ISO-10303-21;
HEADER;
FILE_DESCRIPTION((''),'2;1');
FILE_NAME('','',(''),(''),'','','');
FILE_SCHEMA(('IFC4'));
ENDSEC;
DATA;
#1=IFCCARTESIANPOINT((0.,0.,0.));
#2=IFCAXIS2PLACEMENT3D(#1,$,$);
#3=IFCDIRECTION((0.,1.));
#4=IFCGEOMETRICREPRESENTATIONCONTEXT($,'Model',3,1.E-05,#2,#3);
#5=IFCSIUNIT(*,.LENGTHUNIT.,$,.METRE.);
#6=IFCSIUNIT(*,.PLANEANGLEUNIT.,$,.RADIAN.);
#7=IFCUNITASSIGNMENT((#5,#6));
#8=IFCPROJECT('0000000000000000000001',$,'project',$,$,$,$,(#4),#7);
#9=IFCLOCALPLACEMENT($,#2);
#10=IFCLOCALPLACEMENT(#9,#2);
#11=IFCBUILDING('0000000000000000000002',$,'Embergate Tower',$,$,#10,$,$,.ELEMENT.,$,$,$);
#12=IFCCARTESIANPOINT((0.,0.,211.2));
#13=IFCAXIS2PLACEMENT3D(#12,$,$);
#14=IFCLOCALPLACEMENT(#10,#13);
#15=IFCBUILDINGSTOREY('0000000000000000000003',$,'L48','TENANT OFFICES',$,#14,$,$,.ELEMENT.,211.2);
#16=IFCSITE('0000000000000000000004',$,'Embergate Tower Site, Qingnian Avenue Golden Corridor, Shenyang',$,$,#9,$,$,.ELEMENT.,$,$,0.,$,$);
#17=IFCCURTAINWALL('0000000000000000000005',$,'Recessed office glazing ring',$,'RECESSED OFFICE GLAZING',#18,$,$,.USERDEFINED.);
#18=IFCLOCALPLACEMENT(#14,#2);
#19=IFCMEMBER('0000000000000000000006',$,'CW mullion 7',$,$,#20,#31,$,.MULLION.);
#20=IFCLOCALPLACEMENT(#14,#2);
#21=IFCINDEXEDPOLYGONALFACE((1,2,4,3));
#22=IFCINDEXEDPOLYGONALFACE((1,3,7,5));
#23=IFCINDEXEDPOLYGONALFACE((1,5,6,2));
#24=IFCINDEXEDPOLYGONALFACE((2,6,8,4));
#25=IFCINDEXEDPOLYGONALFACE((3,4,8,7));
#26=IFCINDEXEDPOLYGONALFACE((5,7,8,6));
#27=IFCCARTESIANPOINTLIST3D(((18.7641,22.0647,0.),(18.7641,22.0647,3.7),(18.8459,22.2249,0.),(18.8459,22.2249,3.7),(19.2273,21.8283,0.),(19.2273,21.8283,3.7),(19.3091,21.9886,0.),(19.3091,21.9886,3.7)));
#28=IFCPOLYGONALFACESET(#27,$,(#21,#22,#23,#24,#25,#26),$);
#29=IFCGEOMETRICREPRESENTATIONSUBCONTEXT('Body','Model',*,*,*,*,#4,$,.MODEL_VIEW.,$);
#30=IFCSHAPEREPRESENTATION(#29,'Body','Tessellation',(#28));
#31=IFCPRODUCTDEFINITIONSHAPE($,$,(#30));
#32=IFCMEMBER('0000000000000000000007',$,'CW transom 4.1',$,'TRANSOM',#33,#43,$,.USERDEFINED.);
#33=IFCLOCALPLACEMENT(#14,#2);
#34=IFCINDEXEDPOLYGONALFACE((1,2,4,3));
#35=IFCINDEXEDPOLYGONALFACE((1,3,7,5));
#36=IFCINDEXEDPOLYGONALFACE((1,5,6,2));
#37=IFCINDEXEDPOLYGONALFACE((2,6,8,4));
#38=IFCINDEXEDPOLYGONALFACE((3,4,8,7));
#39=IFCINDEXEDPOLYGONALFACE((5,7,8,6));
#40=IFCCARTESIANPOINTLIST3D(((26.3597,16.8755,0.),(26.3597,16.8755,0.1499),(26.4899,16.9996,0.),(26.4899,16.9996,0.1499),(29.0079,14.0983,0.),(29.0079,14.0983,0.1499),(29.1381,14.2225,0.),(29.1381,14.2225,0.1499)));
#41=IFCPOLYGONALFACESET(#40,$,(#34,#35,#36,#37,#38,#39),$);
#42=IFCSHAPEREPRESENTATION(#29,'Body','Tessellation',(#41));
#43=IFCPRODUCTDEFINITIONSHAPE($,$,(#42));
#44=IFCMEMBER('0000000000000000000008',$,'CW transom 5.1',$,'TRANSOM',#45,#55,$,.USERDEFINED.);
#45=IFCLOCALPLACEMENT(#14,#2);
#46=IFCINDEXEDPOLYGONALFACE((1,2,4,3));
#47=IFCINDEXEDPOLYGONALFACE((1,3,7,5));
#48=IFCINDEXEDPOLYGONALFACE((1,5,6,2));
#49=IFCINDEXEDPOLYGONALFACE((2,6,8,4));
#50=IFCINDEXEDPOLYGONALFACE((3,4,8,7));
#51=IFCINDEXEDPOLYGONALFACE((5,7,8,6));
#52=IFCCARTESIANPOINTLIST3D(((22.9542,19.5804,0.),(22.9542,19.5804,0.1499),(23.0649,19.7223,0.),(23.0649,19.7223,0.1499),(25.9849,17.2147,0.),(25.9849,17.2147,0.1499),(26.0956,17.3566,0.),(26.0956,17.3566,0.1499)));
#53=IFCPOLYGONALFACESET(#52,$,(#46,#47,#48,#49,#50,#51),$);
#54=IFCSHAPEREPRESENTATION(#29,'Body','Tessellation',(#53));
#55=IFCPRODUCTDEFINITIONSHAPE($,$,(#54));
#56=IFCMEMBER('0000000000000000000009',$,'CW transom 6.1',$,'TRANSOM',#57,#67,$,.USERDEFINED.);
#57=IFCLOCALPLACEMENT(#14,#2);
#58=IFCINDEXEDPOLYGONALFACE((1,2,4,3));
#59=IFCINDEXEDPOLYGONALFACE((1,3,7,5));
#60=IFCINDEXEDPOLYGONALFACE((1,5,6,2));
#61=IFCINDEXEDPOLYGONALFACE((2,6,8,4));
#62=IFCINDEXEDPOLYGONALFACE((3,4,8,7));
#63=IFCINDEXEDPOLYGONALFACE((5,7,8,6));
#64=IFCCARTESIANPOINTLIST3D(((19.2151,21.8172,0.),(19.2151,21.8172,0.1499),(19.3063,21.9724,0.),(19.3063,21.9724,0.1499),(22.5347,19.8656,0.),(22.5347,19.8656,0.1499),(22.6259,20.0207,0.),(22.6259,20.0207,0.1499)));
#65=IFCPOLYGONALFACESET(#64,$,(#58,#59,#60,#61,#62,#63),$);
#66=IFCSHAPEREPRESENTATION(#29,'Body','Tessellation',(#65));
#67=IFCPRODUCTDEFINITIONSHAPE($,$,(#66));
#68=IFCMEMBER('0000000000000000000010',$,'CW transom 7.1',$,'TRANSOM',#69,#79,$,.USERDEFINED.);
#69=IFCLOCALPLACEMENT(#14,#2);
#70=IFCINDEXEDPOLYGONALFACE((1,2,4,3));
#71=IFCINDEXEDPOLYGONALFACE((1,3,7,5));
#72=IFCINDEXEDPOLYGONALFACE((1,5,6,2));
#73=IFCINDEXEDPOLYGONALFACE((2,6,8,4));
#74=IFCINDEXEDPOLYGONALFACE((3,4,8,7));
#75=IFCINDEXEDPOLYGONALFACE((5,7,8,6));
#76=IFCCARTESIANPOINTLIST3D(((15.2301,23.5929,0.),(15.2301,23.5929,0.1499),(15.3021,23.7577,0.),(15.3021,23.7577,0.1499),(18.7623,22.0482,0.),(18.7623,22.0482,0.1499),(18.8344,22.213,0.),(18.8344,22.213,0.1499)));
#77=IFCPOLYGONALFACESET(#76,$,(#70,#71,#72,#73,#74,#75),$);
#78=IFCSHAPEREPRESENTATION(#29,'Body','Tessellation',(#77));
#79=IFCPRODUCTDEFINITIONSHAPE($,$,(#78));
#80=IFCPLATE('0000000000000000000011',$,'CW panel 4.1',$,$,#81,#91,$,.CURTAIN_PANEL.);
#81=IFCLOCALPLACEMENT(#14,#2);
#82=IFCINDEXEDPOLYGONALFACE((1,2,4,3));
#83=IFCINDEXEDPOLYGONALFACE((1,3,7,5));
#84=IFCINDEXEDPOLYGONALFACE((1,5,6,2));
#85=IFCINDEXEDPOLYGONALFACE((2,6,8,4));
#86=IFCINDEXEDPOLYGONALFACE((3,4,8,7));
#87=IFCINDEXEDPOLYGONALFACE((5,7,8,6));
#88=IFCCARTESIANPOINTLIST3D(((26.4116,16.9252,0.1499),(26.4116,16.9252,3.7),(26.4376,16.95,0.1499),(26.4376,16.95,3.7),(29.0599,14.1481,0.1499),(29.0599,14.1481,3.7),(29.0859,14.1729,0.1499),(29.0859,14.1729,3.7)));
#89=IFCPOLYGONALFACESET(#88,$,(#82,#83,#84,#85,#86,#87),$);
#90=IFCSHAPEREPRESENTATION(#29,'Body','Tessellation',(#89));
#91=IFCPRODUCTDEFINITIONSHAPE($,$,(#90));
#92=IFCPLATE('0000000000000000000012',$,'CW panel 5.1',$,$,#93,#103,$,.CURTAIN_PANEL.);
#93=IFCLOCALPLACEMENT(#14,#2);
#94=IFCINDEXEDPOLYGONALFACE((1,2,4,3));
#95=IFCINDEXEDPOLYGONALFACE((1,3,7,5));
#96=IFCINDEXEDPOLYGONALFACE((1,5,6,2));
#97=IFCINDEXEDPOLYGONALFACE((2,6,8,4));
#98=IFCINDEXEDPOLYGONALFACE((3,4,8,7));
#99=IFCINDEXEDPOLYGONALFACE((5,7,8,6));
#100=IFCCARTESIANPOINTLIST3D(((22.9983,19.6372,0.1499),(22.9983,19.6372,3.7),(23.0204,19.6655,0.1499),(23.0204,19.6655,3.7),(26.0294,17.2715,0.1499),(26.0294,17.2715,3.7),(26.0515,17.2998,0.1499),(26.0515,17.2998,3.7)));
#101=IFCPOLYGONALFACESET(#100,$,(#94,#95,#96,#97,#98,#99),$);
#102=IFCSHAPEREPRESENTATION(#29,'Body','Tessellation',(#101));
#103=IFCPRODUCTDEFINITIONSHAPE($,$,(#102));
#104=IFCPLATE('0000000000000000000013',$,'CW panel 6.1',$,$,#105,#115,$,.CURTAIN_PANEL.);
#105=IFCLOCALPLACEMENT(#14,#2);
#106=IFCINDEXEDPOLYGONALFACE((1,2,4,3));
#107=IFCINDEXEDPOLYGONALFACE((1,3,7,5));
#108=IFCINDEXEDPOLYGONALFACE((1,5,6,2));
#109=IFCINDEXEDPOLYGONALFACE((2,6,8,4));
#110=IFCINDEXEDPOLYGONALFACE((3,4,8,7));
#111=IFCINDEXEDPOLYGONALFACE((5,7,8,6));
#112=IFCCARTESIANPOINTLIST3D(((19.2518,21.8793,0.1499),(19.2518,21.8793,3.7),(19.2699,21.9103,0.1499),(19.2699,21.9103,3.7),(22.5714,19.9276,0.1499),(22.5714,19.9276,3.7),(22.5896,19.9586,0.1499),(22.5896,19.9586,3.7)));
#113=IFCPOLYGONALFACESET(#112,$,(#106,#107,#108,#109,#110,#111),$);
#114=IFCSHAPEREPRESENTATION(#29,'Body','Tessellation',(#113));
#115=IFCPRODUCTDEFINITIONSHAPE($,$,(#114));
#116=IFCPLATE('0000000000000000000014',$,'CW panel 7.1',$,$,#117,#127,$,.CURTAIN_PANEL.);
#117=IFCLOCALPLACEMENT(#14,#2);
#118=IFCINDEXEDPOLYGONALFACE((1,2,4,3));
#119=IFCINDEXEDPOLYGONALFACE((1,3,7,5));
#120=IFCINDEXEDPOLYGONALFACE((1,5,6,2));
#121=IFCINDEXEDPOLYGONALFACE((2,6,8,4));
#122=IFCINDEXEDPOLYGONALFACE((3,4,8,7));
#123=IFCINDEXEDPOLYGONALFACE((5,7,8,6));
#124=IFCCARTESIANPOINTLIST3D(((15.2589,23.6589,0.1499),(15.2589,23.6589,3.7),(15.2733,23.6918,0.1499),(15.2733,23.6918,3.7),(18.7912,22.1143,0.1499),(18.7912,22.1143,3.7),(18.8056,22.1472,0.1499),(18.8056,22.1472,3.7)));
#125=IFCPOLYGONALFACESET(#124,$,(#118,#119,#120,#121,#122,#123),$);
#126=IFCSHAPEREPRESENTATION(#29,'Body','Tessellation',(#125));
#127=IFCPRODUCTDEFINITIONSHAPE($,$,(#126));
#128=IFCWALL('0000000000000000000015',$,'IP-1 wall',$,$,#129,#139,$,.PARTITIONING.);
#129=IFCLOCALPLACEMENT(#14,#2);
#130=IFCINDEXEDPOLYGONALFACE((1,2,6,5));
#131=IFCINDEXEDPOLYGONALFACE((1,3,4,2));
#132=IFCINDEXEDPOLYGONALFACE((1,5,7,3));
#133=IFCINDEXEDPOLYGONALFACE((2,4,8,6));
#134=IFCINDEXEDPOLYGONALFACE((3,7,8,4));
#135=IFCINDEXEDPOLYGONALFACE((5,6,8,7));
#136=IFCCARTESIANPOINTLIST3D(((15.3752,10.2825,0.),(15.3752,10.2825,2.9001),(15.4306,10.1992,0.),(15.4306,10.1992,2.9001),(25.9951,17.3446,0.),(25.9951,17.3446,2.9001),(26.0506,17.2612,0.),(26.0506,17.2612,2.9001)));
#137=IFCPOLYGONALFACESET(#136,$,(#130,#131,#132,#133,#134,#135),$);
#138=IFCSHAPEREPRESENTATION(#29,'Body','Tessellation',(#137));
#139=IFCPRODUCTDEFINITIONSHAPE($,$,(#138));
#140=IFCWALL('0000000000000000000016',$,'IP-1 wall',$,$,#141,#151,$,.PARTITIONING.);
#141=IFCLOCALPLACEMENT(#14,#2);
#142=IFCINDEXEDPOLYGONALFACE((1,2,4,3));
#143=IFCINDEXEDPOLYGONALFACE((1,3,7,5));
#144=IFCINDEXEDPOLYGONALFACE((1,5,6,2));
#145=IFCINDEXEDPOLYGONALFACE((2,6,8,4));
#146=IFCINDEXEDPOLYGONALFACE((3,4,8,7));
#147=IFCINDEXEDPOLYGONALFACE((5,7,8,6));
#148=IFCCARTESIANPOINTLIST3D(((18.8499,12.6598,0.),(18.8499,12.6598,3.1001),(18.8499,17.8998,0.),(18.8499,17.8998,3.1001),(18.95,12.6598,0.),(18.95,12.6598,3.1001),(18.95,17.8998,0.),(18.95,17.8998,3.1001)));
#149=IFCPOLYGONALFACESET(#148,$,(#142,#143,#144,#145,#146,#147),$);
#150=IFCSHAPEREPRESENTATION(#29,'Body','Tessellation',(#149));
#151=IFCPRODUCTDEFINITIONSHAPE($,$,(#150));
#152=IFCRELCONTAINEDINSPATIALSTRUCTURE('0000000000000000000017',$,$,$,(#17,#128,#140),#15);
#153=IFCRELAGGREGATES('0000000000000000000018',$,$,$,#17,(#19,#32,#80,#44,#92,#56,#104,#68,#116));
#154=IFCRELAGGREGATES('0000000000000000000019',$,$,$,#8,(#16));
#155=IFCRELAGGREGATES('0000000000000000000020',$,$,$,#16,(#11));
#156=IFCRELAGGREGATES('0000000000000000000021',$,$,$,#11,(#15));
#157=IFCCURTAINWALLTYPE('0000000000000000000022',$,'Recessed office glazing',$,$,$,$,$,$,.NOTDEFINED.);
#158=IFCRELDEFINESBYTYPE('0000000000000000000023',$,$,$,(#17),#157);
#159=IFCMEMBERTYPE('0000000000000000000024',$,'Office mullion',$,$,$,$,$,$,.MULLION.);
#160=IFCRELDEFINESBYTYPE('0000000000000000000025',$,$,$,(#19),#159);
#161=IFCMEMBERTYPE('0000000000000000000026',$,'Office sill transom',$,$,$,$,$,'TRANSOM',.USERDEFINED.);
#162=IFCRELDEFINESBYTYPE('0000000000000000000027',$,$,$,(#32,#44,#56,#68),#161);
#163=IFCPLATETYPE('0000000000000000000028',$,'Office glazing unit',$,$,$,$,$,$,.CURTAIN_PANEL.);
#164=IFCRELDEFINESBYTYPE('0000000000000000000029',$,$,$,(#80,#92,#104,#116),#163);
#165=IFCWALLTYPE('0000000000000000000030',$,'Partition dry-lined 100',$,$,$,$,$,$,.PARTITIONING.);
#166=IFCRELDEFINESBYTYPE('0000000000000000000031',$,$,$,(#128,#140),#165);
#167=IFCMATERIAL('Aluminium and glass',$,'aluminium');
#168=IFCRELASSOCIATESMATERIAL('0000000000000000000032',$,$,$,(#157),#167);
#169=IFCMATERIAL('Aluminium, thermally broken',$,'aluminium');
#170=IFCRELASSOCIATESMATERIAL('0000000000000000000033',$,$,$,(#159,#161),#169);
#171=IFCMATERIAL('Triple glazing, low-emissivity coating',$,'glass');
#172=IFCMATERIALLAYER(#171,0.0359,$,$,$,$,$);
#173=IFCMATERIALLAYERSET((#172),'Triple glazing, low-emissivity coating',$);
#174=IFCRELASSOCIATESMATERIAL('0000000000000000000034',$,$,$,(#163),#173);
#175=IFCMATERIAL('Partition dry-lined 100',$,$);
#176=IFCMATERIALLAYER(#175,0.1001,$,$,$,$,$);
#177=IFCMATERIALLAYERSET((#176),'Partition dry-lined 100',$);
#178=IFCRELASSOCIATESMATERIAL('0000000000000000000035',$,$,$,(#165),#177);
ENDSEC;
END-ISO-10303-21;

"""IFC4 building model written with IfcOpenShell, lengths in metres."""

from ifc_helpers import new_model, si_unit, direction, frame, frame_2d, origin, origin_2d, place, context, subcontext, project, spatial, rectangle, extrude, source, transform, mapped, material, layer, layer_set, material_profile, profile_set, type_object, element, aggregate, save


model = new_model("IFC4")

# Units and contexts
model_context = context("Model", 3, precision=1e-05, world=origin(), true_north=direction((0.0, 1.0)))
body_context = subcontext(model_context, "Body", "Model", "MODEL_VIEW")
ifc_project = project(units=[si_unit("LENGTHUNIT", "METRE"), si_unit("PLANEANGLEUNIT", "RADIAN")], contexts=[model_context])

# Site, building, storey
site_placement = place(None, origin())
site = spatial("IfcSite", under=ifc_project, at=site_placement, Name="Embergate Tower Site, Qingnian Avenue Golden Corridor, Shenyang", CompositionType="ELEMENT", RefElevation=0.0)
building_placement = place(site_placement, origin())
building = spatial("IfcBuilding", under=site, at=building_placement, Name="Embergate Tower", CompositionType="ELEMENT")
storey_placement = place(building_placement, frame((0.0, 0.0, 211.2)))
storey = spatial("IfcBuildingStorey", under=building, at=storey_placement, Name="L48", Description="TENANT OFFICES", CompositionType="ELEMENT", Elevation=211.2)

# Curtain wall, members, plates
ifc_material_1 = material(Name="Aluminium and glass", Category="aluminium")
curtain_wall_type = type_object("IfcCurtainWallType", Name="Recessed office glazing", PredefinedType="NOTDEFINED", material=ifc_material_1)
curtain_wall_placement = place(storey_placement, origin())
curtain_wall = element("IfcCurtainWall", 1, at=curtain_wall_placement, inside=storey, type_object=curtain_wall_type, Name="Recessed office glazing ring", ObjectType="RECESSED OFFICE GLAZING", PredefinedType="USERDEFINED")
ifc_material_2 = material(Name="Aluminium, thermally broken", Category="aluminium")
ifc_material_profile_1 = material_profile(ifc_material_2, rectangle(XDim=0.1799, YDim=0.52, at=origin_2d()), Name="AL 520x180")
ifc_profile_set_1 = profile_set([ifc_material_profile_1], Name="Aluminium, thermally broken")
member_type_1 = type_object("IfcMemberType", Name="Office mullion", PredefinedType="MULLION", material=ifc_profile_set_1)
shared_shape_1 = source(origin(), body_context, "Body", "SweptSolid", [
    extrude(rectangle(XDim=0.1799, YDim=0.52, at=origin_2d()), origin(), (0.0, 0.0, 1.0), 3.7),
])
member_1_placement = place(storey_placement, frame((19.0366, 22.0266, 0.0), z_axis=(0.0, 0.0, 1.0), x_axis=(-0.454514, -0.890739, 0.0)))
member_1 = element("IfcMember", 2, at=member_1_placement, type_object=member_type_1, Name="CW mullion 7", PredefinedType="MULLION", context=body_context, shape_type="MappedRepresentation", body=[
    mapped(shared_shape_1, transform((0.0, 0.0, 0.0))),
])
ifc_material_profile_2 = material_profile(ifc_material_2, rectangle(XDim=0.1799, YDim=0.1499, at=origin_2d()), Name="AL 150x180")
ifc_profile_set_2 = profile_set([ifc_material_profile_2], Name="Aluminium, thermally broken")
member_type_2 = type_object("IfcMemberType", Name="Office sill transom", ElementType="TRANSOM", PredefinedType="USERDEFINED", material=ifc_profile_set_2)
shared_shape_2 = source(origin(), body_context, "Body", "SweptSolid", [
    extrude(rectangle(XDim=0.1799, YDim=0.1499, at=origin_2d()), origin(), (0.0, 0.0, 1.0), 3.8374),
])
member_2_placement = place(storey_placement, frame((29.073, 14.1604, 0.075), z_axis=(-0.690111, 0.723704, 0.0), x_axis=(-0.723704, -0.690111, 0.0)))
member_2 = element("IfcMember", 3, at=member_2_placement, type_object=member_type_2, Name="CW transom 4.1", ObjectType="TRANSOM", PredefinedType="USERDEFINED", context=body_context, shape_type="MappedRepresentation", body=[
    mapped(shared_shape_2, transform((0.0, 0.0, 0.0))),
])
shared_shape_3 = source(origin(), body_context, "Body", "SweptSolid", [
    extrude(rectangle(XDim=0.1799, YDim=0.1499, at=origin_2d()), origin(), (0.0, 0.0, 1.0), 3.8447),
])
member_3_placement = place(storey_placement, frame((26.0403, 17.2856, 0.075), z_axis=(-0.788284, 0.615311, 0.0), x_axis=(-0.615311, -0.788284, 0.0)))
member_3 = element("IfcMember", 4, at=member_3_placement, type_object=member_type_2, Name="CW transom 5.1", ObjectType="TRANSOM", PredefinedType="USERDEFINED", context=body_context, shape_type="MappedRepresentation", body=[
    mapped(shared_shape_3, transform((0.0, 0.0, 0.0))),
])
shared_shape_4 = source(origin(), body_context, "Body", "SweptSolid", [
    extrude(rectangle(XDim=0.1799, YDim=0.1499, at=origin_2d()), origin(), (0.0, 0.0, 1.0), 3.8508),
])
member_4_placement = place(storey_placement, frame((22.5803, 19.9431, 0.075), z_axis=(-0.862052, 0.506821, 0.0), x_axis=(-0.506821, -0.862052, 0.0)))
member_4 = element("IfcMember", 5, at=member_4_placement, type_object=member_type_2, Name="CW transom 6.1", ObjectType="TRANSOM", PredefinedType="USERDEFINED", context=body_context, shape_type="MappedRepresentation", body=[
    mapped(shared_shape_4, transform((0.0, 0.0, 0.0))),
])
shared_shape_5 = source(origin(), body_context, "Body", "SweptSolid", [
    extrude(rectangle(XDim=0.1799, YDim=0.1499, at=origin_2d()), origin(), (0.0, 0.0, 1.0), 3.8552),
])
member_5_placement = place(storey_placement, frame((18.7983, 22.1306, 0.075), z_axis=(-0.916221, 0.400673, 0.0), x_axis=(-0.400673, -0.916221, 0.0)))
member_5 = element("IfcMember", 6, at=member_5_placement, type_object=member_type_2, Name="CW transom 7.1", ObjectType="TRANSOM", PredefinedType="USERDEFINED", context=body_context, shape_type="MappedRepresentation", body=[
    mapped(shared_shape_5, transform((0.0, 0.0, 0.0))),
])
ifc_material_3 = material(Name="Triple glazing, low-emissivity coating", Category="glass")
ifc_layer_1 = layer(ifc_material_3, 0.0359)
ifc_layer_set_1 = layer_set([ifc_layer_1], Name="Triple glazing, low-emissivity coating")
plate_type = type_object("IfcPlateType", Name="Office glazing unit", PredefinedType="CURTAIN_PANEL", material=ifc_layer_set_1)
shared_shape_6 = source(origin(), body_context, "Body", "SweptSolid", [
    extrude(rectangle(XDim=3.8374, YDim=0.0359, at=origin_2d()), origin(), (0.0, 0.0, 1.0), 3.55),
])
plate_1_placement = place(storey_placement, frame((27.7488, 15.5491, 0.1499), z_axis=(0.0, 0.0, 1.0), x_axis=(-0.690129, 0.723687, 0.0)))
plate_1 = element("IfcPlate", 7, at=plate_1_placement, type_object=plate_type, Name="CW panel 4.1", PredefinedType="CURTAIN_PANEL", context=body_context, shape_type="MappedRepresentation", body=[
    mapped(shared_shape_6, transform((0.0, 0.0, 0.0))),
])
shared_shape_7 = source(origin(), body_context, "Body", "SweptSolid", [
    extrude(rectangle(XDim=3.845, YDim=0.0359, at=origin_2d()), origin(), (0.0, 0.0, 1.0), 3.55),
])
plate_2_placement = place(storey_placement, frame((24.5249, 18.4685, 0.1499), z_axis=(0.0, 0.0, 1.0), x_axis=(-0.788316, 0.615271, 0.0)))
plate_2 = element("IfcPlate", 8, at=plate_2_placement, type_object=plate_type, Name="CW panel 5.1", PredefinedType="CURTAIN_PANEL", context=body_context, shape_type="MappedRepresentation", body=[
    mapped(shared_shape_7, transform((0.0, 0.0, 0.0))),
])
shared_shape_8 = source(origin(), body_context, "Body", "SweptSolid", [
    extrude(rectangle(XDim=3.8508, YDim=0.0359, at=origin_2d()), origin(), (0.0, 0.0, 1.0), 3.55),
])
plate_3_placement = place(storey_placement, frame((20.9207, 20.9189, 0.1499), z_axis=(0.0, 0.0, 1.0), x_axis=(-0.86205, 0.506824, 0.0)))
plate_3 = element("IfcPlate", 9, at=plate_3_placement, type_object=plate_type, Name="CW panel 6.1", PredefinedType="CURTAIN_PANEL", context=body_context, shape_type="MappedRepresentation", body=[
    mapped(shared_shape_8, transform((0.0, 0.0, 0.0))),
])
shared_shape_9 = source(origin(), body_context, "Body", "SweptSolid", [
    extrude(rectangle(XDim=3.8552, YDim=0.0359, at=origin_2d()), origin(), (0.0, 0.0, 1.0), 3.55),
])
plate_4_placement = place(storey_placement, frame((17.0322, 22.9031, 0.1499), z_axis=(0.0, 0.0, 1.0), x_axis=(-0.916233, 0.400645, 0.0)))
plate_4 = element("IfcPlate", 10, at=plate_4_placement, type_object=plate_type, Name="CW panel 7.1", PredefinedType="CURTAIN_PANEL", context=body_context, shape_type="MappedRepresentation", body=[
    mapped(shared_shape_9, transform((0.0, 0.0, 0.0))),
])
aggregate(curtain_wall, [member_1, member_2, plate_1, member_3, plate_2, member_4, plate_3, member_5, plate_4])

# Walls
ifc_material_4 = material(Name="Partition dry-lined 100")
ifc_layer_2 = layer(ifc_material_4, 0.1001)
ifc_layer_set_2 = layer_set([ifc_layer_2], Name="Partition dry-lined 100")
wall_type = type_object("IfcWallType", Name="Partition dry-lined 100", PredefinedType="PARTITIONING", material=ifc_layer_set_2)
shared_shape_10 = source(origin(), body_context, "Body", "SweptSolid", [
    extrude(rectangle(XDim=12.7537, YDim=0.1001, at=frame_2d((6.377, 0.0))), origin(), (0.0, 0.0, 1.0), 2.9001),
])
wall_1_placement = place(storey_placement, frame((26.0229, 17.303, 0.0), z_axis=(0.0, 0.0, 1.0), x_axis=(-0.832698, -0.553728, 0.0)))
element("IfcWall", 11, at=wall_1_placement, inside=storey, type_object=wall_type, Name="IP-1 wall", PredefinedType="PARTITIONING", context=body_context, shape_type="MappedRepresentation", body=[
    mapped(shared_shape_10, transform((0.0, 0.0, 0.0))),
])
shared_shape_11 = source(origin(), body_context, "Body", "SweptSolid", [
    extrude(rectangle(XDim=5.24, YDim=0.1001, at=frame_2d((2.6201, 0.0))), origin(), (0.0, 0.0, 1.0), 3.1001),
])
wall_2_placement = place(storey_placement, frame((18.8999, 17.8999, 0.0), z_axis=(0.0, 0.0, 1.0), x_axis=(0.0, -1.0, 0.0)))
element("IfcWall", 12, at=wall_2_placement, inside=storey, type_object=wall_type, Name="IP-1 wall", PredefinedType="PARTITIONING", context=body_context, shape_type="MappedRepresentation", body=[
    mapped(shared_shape_11, transform((0.0, 0.0, 0.0))),
])

save(model, "model.ifc")
